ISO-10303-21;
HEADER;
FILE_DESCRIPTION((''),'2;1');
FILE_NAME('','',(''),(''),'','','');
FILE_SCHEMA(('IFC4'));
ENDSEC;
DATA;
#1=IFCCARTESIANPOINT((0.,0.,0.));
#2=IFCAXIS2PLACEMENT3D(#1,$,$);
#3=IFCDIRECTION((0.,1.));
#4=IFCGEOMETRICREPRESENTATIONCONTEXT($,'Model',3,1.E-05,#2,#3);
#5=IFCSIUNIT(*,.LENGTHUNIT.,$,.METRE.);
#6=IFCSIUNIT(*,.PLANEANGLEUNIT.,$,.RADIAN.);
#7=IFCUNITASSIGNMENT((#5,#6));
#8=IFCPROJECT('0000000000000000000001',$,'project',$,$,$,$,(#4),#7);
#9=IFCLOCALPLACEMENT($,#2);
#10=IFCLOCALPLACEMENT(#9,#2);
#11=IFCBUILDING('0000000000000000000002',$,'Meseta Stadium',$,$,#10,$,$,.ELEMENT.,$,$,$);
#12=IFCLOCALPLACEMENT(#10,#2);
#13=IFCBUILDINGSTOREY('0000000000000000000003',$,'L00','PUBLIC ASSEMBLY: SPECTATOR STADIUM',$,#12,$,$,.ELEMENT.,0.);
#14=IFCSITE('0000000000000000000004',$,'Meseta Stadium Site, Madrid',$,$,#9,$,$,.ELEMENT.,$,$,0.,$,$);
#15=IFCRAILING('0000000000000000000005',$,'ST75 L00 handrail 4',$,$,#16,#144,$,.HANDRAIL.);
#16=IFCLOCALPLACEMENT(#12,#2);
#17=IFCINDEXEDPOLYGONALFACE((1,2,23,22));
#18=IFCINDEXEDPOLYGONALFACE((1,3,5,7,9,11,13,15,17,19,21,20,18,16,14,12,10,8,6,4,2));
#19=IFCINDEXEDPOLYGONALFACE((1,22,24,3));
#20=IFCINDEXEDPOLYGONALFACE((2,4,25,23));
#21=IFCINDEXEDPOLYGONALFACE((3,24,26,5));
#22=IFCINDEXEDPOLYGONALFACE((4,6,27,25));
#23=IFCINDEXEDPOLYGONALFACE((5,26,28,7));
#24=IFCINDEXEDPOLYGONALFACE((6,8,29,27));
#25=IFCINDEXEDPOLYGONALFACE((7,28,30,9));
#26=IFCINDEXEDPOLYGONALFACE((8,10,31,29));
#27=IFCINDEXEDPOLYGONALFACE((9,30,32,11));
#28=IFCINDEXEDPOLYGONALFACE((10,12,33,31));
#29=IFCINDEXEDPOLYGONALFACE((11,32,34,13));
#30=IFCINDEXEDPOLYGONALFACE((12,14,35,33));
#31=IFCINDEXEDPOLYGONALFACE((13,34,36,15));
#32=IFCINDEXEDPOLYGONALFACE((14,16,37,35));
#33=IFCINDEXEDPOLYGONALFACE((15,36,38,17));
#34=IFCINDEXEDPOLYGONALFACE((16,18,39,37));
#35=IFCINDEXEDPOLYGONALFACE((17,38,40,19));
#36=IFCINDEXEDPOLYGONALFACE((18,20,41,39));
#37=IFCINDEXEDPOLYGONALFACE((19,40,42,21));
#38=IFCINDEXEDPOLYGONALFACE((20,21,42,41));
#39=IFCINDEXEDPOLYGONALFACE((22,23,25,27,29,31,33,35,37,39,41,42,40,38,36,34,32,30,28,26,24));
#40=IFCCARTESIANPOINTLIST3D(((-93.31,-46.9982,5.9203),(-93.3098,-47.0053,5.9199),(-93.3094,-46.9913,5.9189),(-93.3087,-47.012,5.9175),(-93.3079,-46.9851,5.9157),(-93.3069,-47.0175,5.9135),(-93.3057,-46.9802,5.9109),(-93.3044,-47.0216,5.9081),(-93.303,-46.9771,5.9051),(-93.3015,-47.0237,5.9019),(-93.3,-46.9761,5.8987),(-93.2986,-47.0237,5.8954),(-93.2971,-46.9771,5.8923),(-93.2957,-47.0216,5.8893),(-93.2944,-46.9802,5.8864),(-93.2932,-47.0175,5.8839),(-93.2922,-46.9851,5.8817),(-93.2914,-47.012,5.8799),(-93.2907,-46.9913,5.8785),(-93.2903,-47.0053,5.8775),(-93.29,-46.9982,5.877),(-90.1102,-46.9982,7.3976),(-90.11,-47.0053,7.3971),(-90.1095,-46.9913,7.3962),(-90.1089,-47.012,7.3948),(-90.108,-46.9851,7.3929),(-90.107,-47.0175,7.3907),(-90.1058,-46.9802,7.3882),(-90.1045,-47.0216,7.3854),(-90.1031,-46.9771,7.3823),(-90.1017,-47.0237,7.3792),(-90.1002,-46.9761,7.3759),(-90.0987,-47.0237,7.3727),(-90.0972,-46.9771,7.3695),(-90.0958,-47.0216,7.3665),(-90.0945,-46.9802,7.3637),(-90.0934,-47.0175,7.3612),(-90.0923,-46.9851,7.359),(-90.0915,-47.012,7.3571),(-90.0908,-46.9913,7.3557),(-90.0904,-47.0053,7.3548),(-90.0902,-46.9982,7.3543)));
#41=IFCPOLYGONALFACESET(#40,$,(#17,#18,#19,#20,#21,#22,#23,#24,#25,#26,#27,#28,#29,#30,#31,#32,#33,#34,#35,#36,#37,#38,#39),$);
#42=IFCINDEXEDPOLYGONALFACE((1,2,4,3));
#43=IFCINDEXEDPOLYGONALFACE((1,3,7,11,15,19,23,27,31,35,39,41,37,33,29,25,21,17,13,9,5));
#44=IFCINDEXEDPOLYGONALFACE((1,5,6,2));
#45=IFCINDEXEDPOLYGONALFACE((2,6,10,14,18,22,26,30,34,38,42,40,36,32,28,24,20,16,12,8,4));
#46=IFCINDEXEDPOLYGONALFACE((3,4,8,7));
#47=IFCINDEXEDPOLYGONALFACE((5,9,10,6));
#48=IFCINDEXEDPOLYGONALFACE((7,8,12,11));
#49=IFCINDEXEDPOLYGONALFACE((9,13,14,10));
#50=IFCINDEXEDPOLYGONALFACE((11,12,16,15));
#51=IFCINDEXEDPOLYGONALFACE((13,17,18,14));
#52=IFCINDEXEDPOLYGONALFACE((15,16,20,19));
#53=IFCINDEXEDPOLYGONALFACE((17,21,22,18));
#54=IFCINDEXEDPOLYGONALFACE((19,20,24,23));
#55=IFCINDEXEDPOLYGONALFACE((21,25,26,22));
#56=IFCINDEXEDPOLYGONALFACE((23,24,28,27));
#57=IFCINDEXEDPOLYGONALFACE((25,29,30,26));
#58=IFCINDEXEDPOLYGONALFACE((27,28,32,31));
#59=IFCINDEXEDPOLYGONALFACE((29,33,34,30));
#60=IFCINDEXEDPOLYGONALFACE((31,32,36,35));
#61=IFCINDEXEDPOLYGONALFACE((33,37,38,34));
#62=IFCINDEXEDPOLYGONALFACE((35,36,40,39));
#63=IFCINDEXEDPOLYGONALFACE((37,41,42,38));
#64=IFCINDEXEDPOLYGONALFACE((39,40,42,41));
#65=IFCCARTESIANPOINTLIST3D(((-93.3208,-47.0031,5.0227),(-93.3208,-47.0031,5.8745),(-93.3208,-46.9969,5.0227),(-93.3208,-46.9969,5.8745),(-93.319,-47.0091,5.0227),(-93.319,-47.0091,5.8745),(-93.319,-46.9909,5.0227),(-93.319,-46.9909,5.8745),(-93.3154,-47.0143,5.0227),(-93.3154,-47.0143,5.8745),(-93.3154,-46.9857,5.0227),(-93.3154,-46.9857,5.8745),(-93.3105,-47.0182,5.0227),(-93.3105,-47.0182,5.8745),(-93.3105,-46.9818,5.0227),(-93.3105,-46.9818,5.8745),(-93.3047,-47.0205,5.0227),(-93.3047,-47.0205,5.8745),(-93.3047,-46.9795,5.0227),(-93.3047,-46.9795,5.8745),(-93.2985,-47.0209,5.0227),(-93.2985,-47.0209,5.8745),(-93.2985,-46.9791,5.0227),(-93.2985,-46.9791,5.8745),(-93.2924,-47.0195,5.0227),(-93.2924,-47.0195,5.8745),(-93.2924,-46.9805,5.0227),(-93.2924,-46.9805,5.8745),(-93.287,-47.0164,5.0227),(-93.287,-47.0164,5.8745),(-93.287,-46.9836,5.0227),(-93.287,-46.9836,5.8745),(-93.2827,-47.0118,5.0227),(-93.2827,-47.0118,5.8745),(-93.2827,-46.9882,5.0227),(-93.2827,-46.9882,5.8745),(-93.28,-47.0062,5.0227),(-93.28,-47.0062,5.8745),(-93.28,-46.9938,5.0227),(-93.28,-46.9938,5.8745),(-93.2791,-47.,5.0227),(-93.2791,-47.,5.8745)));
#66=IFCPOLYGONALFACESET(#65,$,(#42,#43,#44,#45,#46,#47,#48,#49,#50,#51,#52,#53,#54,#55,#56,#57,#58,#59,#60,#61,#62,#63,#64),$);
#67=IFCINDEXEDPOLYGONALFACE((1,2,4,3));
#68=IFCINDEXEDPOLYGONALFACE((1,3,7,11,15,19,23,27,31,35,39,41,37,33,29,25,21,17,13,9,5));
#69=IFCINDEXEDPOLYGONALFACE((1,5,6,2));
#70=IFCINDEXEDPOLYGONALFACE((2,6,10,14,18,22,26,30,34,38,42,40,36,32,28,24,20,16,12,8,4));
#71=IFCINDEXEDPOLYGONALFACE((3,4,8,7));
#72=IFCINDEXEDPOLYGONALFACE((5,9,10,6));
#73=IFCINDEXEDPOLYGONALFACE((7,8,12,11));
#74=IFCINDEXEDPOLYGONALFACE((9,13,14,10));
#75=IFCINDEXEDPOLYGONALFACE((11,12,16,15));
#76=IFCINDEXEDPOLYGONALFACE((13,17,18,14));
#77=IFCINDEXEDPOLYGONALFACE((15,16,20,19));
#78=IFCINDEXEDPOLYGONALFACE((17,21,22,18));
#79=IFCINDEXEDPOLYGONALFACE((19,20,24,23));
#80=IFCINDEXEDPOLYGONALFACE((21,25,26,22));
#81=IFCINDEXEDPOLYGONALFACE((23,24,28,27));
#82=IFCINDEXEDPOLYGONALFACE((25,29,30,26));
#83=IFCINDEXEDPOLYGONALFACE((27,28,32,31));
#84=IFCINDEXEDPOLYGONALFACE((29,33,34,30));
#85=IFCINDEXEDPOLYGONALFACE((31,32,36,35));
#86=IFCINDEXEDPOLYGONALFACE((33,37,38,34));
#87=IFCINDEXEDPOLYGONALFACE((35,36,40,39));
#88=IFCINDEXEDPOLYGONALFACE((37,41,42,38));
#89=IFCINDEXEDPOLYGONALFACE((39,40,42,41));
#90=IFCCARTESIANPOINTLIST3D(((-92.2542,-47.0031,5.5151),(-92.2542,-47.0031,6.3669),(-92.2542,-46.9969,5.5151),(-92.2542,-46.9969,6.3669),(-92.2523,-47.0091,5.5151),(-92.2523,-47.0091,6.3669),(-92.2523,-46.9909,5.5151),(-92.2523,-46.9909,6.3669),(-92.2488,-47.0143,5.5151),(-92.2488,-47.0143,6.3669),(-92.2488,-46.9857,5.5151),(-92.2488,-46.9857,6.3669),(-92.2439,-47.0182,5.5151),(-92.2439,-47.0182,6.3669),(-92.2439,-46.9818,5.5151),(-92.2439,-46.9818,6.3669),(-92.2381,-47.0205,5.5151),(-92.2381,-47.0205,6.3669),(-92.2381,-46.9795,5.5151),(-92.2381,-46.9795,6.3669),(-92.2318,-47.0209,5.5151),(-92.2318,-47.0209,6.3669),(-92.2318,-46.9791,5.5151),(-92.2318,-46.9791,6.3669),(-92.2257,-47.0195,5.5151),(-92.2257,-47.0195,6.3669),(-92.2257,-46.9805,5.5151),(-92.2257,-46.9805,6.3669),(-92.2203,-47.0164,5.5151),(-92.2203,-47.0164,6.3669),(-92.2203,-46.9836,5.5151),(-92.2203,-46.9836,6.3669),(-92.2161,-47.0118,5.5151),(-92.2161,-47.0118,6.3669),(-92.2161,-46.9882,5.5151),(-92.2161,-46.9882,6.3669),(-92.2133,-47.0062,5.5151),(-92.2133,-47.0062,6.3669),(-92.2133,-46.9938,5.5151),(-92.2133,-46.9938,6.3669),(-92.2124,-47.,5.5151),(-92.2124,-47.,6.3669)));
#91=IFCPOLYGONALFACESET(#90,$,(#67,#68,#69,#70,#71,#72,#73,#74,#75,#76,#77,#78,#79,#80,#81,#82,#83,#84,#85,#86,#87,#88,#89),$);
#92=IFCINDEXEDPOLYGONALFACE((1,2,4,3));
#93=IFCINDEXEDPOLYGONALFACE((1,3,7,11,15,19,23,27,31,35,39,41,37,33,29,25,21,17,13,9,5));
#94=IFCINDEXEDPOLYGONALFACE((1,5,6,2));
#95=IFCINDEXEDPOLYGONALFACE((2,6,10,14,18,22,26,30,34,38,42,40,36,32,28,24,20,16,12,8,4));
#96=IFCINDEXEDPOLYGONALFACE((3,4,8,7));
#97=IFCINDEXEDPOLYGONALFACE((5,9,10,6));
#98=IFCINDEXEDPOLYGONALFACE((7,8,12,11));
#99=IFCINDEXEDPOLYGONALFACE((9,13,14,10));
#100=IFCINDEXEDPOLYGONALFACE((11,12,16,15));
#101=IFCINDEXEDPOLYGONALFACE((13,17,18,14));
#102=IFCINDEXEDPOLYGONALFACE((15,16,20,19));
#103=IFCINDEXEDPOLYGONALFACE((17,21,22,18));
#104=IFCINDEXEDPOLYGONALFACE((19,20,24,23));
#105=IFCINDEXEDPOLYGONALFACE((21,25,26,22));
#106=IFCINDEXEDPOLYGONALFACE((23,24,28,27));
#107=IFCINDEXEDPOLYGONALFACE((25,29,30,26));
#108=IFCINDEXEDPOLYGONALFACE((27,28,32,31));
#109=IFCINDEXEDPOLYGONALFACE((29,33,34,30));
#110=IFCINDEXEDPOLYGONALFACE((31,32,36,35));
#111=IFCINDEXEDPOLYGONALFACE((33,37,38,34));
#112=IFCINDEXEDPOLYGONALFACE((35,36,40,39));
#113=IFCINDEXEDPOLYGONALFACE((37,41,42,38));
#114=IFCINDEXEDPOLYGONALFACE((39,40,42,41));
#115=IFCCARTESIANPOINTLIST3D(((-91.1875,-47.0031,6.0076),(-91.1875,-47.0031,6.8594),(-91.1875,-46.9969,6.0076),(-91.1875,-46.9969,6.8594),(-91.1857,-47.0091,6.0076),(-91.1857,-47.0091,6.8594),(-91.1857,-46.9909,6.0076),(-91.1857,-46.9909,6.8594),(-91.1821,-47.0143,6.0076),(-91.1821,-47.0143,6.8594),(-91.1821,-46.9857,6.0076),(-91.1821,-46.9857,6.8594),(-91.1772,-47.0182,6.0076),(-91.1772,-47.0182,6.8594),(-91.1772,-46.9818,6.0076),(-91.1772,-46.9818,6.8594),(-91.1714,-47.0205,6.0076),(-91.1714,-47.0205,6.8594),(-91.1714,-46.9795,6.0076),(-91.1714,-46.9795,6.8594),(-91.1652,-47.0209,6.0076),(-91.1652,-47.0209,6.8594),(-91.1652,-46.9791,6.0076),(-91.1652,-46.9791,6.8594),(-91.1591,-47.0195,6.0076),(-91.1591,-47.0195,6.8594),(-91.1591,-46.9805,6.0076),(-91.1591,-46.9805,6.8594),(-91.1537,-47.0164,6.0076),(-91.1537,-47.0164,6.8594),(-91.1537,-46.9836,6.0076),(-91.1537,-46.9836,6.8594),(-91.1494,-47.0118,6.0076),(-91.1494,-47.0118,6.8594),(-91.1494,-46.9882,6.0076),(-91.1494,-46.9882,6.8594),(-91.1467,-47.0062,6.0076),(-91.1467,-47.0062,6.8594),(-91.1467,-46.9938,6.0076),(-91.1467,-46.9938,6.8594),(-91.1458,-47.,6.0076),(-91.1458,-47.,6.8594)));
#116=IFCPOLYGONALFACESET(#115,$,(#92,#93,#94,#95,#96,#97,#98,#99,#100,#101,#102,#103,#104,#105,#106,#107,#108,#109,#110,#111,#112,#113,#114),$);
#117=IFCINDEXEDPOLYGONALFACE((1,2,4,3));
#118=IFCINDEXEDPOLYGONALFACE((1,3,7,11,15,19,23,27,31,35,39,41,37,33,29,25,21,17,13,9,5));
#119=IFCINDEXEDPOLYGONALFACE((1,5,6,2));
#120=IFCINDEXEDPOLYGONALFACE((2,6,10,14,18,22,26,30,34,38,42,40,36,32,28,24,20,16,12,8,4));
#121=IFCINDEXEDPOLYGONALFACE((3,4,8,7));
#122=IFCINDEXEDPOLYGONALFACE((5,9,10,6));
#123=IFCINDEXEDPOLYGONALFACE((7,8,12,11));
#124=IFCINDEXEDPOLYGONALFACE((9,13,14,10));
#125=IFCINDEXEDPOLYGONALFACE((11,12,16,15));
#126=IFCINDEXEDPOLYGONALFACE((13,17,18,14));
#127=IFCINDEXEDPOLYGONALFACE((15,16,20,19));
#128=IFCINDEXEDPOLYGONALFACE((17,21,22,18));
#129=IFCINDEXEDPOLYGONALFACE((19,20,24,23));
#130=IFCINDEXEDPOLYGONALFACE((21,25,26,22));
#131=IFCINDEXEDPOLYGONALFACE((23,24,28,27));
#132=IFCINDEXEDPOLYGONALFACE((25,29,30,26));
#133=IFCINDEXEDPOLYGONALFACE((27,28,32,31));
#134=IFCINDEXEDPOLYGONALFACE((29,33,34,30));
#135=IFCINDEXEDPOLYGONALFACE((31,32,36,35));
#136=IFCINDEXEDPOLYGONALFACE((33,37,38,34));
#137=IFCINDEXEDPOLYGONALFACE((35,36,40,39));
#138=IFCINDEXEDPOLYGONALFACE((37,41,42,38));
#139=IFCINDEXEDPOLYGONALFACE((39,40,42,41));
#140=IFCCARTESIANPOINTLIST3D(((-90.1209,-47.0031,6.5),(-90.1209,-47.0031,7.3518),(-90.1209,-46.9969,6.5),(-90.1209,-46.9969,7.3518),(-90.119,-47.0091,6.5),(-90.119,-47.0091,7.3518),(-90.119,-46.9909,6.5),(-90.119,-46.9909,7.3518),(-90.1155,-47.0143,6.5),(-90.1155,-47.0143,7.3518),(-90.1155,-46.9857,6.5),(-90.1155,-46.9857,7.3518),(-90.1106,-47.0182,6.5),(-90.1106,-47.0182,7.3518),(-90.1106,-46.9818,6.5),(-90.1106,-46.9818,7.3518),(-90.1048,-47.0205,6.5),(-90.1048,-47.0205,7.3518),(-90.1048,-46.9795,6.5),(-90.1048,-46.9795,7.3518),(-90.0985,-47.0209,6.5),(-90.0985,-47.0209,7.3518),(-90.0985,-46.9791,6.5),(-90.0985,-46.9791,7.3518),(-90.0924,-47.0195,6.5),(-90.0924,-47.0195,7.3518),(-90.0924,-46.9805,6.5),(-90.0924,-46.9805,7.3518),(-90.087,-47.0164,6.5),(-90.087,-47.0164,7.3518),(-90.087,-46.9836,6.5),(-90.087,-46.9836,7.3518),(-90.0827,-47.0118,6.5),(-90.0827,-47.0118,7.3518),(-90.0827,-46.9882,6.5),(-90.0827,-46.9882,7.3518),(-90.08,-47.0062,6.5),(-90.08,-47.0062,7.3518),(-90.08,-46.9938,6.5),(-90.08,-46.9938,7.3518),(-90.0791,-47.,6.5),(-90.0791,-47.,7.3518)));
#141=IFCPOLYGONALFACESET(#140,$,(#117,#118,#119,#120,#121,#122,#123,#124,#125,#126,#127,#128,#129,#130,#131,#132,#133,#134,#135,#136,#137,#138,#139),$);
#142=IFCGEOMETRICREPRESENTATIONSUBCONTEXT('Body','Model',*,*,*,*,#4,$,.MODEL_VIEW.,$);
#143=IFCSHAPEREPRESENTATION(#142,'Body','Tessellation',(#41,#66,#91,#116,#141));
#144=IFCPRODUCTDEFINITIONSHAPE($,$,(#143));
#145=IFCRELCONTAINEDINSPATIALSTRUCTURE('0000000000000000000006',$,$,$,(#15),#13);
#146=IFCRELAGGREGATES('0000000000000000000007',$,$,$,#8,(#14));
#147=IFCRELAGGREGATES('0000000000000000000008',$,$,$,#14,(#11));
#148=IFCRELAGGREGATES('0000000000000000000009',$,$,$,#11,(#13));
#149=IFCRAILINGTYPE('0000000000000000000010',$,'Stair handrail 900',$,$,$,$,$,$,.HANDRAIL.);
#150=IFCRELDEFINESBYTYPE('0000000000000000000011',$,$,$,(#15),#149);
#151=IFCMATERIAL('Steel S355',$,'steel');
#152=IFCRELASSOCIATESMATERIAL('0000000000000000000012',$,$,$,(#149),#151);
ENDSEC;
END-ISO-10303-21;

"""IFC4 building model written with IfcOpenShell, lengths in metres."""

from ifc_helpers import new_model, si_unit, direction, frame, origin, origin_2d, place, context, subcontext, project, spatial, circle, extrude, material, type_object, element, save


model = new_model("IFC4")

# Units and contexts
model_context = context("Model", 3, precision=1e-05, world=origin(), true_north=direction((0.0, 1.0)))
body_context = subcontext(model_context, "Body", "Model", "MODEL_VIEW")
ifc_project = project(units=[si_unit("LENGTHUNIT", "METRE"), si_unit("PLANEANGLEUNIT", "RADIAN")], contexts=[model_context])

# Site, building, storey
site_placement = place(None, origin())
site = spatial("IfcSite", under=ifc_project, at=site_placement, Name="Meseta Stadium Site, Madrid", CompositionType="ELEMENT", RefElevation=0.0)
building_placement = place(site_placement, origin())
building = spatial("IfcBuilding", under=site, at=building_placement, Name="Meseta Stadium", CompositionType="ELEMENT")
storey_placement = place(building_placement, origin())
storey = spatial("IfcBuildingStorey", under=building, at=storey_placement, Name="L00", Description="PUBLIC ASSEMBLY: SPECTATOR STADIUM", CompositionType="ELEMENT", Elevation=0.0)

# Railing
ifc_material_1 = material(Name="Steel S355", Category="steel")
railing_type_1 = type_object("IfcRailingType", Name="Stair handrail 900", PredefinedType="HANDRAIL", material=ifc_material_1)
for number, where, name in (
    (1, (-93.3, -47.0, 5.0227), "ST75 L00 handrail 4"),
):
    element("IfcRailing", number, at=place(storey_placement, frame(where)), inside=storey, type_object=railing_type_1, Name=name, PredefinedType="HANDRAIL", context=body_context, shape_type="SweptSolid", body=[
        extrude(circle(Radius=0.0239, at=origin_2d()), frame((0.0, 0.0, 0.876), z_axis=(0.907917, 0.0, 0.41915), x_axis=(0.0, 1.0, 0.0)), (0.0, 0.0, 1.0), 3.5244),
        extrude(circle(Radius=0.021, at=origin_2d()), origin(), (0.0, 0.0, 1.0), 0.8518),
        extrude(circle(Radius=0.021, at=origin_2d()), frame((1.0667, 0.0, 0.4924)), (0.0, 0.0, 1.0), 0.8518),
        extrude(circle(Radius=0.021, at=origin_2d()), frame((2.1333, 0.0, 0.9849)), (0.0, 0.0, 1.0), 0.8518),
        extrude(circle(Radius=0.021, at=origin_2d()), frame((3.2, 0.0, 1.4773)), (0.0, 0.0, 1.0), 0.8518),
    ])

save(model, "model.ifc")
